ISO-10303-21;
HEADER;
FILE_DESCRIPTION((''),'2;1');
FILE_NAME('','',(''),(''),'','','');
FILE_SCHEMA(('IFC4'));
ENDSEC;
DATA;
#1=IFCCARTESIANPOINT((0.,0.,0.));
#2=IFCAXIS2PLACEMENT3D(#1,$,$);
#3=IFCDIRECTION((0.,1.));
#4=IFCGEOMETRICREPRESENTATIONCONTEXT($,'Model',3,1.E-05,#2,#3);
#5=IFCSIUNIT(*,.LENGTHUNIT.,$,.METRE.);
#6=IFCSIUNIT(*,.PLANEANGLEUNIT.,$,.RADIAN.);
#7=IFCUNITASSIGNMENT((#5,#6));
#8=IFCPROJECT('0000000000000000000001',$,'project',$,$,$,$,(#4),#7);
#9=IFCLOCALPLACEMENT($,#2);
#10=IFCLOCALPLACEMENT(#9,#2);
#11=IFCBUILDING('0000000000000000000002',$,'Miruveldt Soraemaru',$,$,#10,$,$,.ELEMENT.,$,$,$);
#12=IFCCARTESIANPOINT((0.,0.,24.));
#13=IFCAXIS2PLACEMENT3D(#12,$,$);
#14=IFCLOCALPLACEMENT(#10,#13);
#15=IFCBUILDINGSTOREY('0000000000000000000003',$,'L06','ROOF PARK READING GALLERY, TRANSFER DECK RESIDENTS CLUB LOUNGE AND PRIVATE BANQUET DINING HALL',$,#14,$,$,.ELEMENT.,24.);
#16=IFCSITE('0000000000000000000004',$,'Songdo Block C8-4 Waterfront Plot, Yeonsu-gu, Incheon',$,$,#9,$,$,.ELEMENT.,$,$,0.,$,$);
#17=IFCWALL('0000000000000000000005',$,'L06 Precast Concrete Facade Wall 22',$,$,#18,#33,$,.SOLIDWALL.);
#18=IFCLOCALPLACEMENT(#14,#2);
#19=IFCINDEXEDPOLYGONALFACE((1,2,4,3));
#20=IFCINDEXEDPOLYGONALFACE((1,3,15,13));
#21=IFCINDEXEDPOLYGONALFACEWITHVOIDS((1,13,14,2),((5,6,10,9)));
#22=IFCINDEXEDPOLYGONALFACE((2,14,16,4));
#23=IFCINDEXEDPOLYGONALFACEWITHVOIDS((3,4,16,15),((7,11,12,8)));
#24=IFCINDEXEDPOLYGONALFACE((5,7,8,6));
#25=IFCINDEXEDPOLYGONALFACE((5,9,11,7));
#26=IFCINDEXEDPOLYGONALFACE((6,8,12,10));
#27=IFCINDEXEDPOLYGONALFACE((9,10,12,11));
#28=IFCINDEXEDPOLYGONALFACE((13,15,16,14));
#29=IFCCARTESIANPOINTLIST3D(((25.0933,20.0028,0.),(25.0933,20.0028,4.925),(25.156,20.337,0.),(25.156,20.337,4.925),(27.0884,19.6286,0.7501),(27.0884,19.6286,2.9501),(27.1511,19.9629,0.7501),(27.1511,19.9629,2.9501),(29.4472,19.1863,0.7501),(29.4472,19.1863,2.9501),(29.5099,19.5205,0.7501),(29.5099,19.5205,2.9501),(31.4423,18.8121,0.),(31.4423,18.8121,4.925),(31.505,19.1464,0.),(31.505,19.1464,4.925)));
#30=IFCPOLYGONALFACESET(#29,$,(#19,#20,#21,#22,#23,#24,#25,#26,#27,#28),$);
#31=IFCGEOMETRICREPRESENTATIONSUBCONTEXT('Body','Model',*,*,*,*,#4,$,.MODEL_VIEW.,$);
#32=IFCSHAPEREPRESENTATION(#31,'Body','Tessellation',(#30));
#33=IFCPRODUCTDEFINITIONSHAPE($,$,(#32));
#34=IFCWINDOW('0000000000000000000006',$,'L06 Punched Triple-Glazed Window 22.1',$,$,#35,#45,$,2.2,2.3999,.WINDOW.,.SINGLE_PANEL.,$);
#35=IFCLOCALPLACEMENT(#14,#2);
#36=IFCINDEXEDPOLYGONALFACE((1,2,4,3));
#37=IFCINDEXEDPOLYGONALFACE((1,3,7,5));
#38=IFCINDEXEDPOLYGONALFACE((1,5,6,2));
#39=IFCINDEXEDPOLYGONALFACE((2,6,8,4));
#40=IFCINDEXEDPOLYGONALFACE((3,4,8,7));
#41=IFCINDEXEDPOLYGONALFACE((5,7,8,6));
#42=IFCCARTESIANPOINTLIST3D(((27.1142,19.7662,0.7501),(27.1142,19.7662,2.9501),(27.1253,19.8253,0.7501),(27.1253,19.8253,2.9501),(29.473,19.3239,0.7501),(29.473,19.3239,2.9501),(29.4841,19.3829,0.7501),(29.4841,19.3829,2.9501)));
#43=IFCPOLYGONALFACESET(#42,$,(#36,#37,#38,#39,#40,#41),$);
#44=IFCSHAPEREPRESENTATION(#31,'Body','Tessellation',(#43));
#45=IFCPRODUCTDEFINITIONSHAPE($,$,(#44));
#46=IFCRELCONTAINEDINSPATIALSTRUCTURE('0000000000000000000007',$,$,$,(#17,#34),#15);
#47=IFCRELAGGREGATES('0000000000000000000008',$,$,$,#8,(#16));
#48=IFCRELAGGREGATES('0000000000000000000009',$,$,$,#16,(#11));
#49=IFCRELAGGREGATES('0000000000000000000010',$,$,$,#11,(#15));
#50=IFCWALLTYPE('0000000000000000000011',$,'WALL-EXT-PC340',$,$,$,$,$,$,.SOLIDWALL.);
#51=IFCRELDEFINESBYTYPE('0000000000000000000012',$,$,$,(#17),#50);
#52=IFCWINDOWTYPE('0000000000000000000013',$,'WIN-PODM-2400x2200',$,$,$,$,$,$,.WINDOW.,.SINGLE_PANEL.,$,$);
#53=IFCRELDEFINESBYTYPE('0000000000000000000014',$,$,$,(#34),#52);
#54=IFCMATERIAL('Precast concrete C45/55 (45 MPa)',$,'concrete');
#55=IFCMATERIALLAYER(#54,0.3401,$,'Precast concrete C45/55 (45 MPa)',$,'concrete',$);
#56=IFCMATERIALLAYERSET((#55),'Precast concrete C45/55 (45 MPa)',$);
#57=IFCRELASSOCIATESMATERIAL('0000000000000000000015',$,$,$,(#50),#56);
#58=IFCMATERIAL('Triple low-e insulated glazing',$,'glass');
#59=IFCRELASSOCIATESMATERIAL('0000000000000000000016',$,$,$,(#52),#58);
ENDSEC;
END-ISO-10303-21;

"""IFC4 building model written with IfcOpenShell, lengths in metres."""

from ifc_helpers import new_model, si_unit, direction, frame, frame_2d, origin, place, context, subcontext, project, spatial, rectangle, extrude, material, layer, layer_set, type_object, element, fill, save


model = new_model("IFC4")

# Units and contexts
model_context = context("Model", 3, precision=1e-05, world=origin(), true_north=direction((0.0, 1.0)))
body_context = subcontext(model_context, "Body", "Model", "MODEL_VIEW")
ifc_project = project(units=[si_unit("LENGTHUNIT", "METRE"), si_unit("PLANEANGLEUNIT", "RADIAN")], contexts=[model_context])

# Site, building, storey
site_placement = place(None, origin())
site = spatial("IfcSite", under=ifc_project, at=site_placement, Name="Songdo Block C8-4 Waterfront Plot, Yeonsu-gu, Incheon", CompositionType="ELEMENT", RefElevation=0.0)
building_placement = place(site_placement, origin())
building = spatial("IfcBuilding", under=site, at=building_placement, Name="Miruveldt Soraemaru", CompositionType="ELEMENT")
storey_placement = place(building_placement, frame((0.0, 0.0, 24.0)))
storey = spatial("IfcBuildingStorey", under=building, at=storey_placement, Name="L06", Description="ROOF PARK READING GALLERY, TRANSFER DECK RESIDENTS CLUB LOUNGE AND PRIVATE BANQUET DINING HALL", CompositionType="ELEMENT", Elevation=24.0)

# Wall, opening, window
ifc_material_1 = material(Name="Precast concrete C45/55 (45 MPa)", Category="concrete")
ifc_layer_1 = layer(ifc_material_1, 0.3401, Name="Precast concrete C45/55 (45 MPa)", Category="concrete")
ifc_layer_set_1 = layer_set([ifc_layer_1], Name="Precast concrete C45/55 (45 MPa)")
wall_type_1 = type_object("IfcWallType", Name="WALL-EXT-PC340", PredefinedType="SOLIDWALL", material=ifc_layer_set_1)
ifc_material_2 = material(Name="Triple low-e insulated glazing", Category="glass")
window_type_1 = type_object("IfcWindowType", Name="WIN-PODM-2400x2200", PartitioningType="SINGLE_PANEL", PredefinedType="WINDOW", material=ifc_material_2)
wall_1_placement = place(storey_placement, frame((25.1245, 20.1699, 0.0), z_axis=(0.0, 0.0, 1.0), x_axis=(0.982866, -0.18432, 0.0)))
wall_1 = element("IfcWall", 1, at=wall_1_placement, inside=storey, type_object=wall_type_1, Name="L06 Precast Concrete Facade Wall 22", PredefinedType="SOLIDWALL", context=body_context, shape_type="SweptSolid", body=[
    extrude(rectangle(XDim=6.4597, YDim=0.3401, at=frame_2d((3.23, 0.0))), origin(), (0.0, 0.0, 1.0), 4.925),
])
opening_1_placement = place(wall_1_placement, frame((2.03, 0.0, 0.75)))
opening_1 = element("IfcOpeningElement", 2, at=opening_1_placement, cuts=wall_1, PredefinedType="OPENING", context=body_context, shape_type="SweptSolid", body=[
    extrude(rectangle(XDim=2.3999, YDim=2.2, at=frame_2d((1.2, 1.1001))), frame((0.0, 0.1802, 0.0), z_axis=(0.0, -1.0, 0.0), x_axis=(1.0, 0.0, 0.0)), (0.0, 0.0, 1.0), 0.3601),
])
window_1_placement = place(opening_1_placement, origin())
window_1 = element("IfcWindow", 3, at=window_1_placement, inside=storey, type_object=window_type_1, Name="L06 Punched Triple-Glazed Window 22.1", OverallHeight=2.2, OverallWidth=2.3999, PartitioningType="SINGLE_PANEL", PredefinedType="WINDOW", context=body_context, shape_type="SweptSolid", body=[
    extrude(rectangle(XDim=2.3999, YDim=2.2, at=frame_2d((1.2, 1.1001))), frame((0.0, 0.03, 0.0), z_axis=(0.0, -1.0, 0.0), x_axis=(1.0, 0.0, 0.0)), (0.0, 0.0, 1.0), 0.0601),
])
fill(opening_1, window_1)

save(model, "model.ifc")
